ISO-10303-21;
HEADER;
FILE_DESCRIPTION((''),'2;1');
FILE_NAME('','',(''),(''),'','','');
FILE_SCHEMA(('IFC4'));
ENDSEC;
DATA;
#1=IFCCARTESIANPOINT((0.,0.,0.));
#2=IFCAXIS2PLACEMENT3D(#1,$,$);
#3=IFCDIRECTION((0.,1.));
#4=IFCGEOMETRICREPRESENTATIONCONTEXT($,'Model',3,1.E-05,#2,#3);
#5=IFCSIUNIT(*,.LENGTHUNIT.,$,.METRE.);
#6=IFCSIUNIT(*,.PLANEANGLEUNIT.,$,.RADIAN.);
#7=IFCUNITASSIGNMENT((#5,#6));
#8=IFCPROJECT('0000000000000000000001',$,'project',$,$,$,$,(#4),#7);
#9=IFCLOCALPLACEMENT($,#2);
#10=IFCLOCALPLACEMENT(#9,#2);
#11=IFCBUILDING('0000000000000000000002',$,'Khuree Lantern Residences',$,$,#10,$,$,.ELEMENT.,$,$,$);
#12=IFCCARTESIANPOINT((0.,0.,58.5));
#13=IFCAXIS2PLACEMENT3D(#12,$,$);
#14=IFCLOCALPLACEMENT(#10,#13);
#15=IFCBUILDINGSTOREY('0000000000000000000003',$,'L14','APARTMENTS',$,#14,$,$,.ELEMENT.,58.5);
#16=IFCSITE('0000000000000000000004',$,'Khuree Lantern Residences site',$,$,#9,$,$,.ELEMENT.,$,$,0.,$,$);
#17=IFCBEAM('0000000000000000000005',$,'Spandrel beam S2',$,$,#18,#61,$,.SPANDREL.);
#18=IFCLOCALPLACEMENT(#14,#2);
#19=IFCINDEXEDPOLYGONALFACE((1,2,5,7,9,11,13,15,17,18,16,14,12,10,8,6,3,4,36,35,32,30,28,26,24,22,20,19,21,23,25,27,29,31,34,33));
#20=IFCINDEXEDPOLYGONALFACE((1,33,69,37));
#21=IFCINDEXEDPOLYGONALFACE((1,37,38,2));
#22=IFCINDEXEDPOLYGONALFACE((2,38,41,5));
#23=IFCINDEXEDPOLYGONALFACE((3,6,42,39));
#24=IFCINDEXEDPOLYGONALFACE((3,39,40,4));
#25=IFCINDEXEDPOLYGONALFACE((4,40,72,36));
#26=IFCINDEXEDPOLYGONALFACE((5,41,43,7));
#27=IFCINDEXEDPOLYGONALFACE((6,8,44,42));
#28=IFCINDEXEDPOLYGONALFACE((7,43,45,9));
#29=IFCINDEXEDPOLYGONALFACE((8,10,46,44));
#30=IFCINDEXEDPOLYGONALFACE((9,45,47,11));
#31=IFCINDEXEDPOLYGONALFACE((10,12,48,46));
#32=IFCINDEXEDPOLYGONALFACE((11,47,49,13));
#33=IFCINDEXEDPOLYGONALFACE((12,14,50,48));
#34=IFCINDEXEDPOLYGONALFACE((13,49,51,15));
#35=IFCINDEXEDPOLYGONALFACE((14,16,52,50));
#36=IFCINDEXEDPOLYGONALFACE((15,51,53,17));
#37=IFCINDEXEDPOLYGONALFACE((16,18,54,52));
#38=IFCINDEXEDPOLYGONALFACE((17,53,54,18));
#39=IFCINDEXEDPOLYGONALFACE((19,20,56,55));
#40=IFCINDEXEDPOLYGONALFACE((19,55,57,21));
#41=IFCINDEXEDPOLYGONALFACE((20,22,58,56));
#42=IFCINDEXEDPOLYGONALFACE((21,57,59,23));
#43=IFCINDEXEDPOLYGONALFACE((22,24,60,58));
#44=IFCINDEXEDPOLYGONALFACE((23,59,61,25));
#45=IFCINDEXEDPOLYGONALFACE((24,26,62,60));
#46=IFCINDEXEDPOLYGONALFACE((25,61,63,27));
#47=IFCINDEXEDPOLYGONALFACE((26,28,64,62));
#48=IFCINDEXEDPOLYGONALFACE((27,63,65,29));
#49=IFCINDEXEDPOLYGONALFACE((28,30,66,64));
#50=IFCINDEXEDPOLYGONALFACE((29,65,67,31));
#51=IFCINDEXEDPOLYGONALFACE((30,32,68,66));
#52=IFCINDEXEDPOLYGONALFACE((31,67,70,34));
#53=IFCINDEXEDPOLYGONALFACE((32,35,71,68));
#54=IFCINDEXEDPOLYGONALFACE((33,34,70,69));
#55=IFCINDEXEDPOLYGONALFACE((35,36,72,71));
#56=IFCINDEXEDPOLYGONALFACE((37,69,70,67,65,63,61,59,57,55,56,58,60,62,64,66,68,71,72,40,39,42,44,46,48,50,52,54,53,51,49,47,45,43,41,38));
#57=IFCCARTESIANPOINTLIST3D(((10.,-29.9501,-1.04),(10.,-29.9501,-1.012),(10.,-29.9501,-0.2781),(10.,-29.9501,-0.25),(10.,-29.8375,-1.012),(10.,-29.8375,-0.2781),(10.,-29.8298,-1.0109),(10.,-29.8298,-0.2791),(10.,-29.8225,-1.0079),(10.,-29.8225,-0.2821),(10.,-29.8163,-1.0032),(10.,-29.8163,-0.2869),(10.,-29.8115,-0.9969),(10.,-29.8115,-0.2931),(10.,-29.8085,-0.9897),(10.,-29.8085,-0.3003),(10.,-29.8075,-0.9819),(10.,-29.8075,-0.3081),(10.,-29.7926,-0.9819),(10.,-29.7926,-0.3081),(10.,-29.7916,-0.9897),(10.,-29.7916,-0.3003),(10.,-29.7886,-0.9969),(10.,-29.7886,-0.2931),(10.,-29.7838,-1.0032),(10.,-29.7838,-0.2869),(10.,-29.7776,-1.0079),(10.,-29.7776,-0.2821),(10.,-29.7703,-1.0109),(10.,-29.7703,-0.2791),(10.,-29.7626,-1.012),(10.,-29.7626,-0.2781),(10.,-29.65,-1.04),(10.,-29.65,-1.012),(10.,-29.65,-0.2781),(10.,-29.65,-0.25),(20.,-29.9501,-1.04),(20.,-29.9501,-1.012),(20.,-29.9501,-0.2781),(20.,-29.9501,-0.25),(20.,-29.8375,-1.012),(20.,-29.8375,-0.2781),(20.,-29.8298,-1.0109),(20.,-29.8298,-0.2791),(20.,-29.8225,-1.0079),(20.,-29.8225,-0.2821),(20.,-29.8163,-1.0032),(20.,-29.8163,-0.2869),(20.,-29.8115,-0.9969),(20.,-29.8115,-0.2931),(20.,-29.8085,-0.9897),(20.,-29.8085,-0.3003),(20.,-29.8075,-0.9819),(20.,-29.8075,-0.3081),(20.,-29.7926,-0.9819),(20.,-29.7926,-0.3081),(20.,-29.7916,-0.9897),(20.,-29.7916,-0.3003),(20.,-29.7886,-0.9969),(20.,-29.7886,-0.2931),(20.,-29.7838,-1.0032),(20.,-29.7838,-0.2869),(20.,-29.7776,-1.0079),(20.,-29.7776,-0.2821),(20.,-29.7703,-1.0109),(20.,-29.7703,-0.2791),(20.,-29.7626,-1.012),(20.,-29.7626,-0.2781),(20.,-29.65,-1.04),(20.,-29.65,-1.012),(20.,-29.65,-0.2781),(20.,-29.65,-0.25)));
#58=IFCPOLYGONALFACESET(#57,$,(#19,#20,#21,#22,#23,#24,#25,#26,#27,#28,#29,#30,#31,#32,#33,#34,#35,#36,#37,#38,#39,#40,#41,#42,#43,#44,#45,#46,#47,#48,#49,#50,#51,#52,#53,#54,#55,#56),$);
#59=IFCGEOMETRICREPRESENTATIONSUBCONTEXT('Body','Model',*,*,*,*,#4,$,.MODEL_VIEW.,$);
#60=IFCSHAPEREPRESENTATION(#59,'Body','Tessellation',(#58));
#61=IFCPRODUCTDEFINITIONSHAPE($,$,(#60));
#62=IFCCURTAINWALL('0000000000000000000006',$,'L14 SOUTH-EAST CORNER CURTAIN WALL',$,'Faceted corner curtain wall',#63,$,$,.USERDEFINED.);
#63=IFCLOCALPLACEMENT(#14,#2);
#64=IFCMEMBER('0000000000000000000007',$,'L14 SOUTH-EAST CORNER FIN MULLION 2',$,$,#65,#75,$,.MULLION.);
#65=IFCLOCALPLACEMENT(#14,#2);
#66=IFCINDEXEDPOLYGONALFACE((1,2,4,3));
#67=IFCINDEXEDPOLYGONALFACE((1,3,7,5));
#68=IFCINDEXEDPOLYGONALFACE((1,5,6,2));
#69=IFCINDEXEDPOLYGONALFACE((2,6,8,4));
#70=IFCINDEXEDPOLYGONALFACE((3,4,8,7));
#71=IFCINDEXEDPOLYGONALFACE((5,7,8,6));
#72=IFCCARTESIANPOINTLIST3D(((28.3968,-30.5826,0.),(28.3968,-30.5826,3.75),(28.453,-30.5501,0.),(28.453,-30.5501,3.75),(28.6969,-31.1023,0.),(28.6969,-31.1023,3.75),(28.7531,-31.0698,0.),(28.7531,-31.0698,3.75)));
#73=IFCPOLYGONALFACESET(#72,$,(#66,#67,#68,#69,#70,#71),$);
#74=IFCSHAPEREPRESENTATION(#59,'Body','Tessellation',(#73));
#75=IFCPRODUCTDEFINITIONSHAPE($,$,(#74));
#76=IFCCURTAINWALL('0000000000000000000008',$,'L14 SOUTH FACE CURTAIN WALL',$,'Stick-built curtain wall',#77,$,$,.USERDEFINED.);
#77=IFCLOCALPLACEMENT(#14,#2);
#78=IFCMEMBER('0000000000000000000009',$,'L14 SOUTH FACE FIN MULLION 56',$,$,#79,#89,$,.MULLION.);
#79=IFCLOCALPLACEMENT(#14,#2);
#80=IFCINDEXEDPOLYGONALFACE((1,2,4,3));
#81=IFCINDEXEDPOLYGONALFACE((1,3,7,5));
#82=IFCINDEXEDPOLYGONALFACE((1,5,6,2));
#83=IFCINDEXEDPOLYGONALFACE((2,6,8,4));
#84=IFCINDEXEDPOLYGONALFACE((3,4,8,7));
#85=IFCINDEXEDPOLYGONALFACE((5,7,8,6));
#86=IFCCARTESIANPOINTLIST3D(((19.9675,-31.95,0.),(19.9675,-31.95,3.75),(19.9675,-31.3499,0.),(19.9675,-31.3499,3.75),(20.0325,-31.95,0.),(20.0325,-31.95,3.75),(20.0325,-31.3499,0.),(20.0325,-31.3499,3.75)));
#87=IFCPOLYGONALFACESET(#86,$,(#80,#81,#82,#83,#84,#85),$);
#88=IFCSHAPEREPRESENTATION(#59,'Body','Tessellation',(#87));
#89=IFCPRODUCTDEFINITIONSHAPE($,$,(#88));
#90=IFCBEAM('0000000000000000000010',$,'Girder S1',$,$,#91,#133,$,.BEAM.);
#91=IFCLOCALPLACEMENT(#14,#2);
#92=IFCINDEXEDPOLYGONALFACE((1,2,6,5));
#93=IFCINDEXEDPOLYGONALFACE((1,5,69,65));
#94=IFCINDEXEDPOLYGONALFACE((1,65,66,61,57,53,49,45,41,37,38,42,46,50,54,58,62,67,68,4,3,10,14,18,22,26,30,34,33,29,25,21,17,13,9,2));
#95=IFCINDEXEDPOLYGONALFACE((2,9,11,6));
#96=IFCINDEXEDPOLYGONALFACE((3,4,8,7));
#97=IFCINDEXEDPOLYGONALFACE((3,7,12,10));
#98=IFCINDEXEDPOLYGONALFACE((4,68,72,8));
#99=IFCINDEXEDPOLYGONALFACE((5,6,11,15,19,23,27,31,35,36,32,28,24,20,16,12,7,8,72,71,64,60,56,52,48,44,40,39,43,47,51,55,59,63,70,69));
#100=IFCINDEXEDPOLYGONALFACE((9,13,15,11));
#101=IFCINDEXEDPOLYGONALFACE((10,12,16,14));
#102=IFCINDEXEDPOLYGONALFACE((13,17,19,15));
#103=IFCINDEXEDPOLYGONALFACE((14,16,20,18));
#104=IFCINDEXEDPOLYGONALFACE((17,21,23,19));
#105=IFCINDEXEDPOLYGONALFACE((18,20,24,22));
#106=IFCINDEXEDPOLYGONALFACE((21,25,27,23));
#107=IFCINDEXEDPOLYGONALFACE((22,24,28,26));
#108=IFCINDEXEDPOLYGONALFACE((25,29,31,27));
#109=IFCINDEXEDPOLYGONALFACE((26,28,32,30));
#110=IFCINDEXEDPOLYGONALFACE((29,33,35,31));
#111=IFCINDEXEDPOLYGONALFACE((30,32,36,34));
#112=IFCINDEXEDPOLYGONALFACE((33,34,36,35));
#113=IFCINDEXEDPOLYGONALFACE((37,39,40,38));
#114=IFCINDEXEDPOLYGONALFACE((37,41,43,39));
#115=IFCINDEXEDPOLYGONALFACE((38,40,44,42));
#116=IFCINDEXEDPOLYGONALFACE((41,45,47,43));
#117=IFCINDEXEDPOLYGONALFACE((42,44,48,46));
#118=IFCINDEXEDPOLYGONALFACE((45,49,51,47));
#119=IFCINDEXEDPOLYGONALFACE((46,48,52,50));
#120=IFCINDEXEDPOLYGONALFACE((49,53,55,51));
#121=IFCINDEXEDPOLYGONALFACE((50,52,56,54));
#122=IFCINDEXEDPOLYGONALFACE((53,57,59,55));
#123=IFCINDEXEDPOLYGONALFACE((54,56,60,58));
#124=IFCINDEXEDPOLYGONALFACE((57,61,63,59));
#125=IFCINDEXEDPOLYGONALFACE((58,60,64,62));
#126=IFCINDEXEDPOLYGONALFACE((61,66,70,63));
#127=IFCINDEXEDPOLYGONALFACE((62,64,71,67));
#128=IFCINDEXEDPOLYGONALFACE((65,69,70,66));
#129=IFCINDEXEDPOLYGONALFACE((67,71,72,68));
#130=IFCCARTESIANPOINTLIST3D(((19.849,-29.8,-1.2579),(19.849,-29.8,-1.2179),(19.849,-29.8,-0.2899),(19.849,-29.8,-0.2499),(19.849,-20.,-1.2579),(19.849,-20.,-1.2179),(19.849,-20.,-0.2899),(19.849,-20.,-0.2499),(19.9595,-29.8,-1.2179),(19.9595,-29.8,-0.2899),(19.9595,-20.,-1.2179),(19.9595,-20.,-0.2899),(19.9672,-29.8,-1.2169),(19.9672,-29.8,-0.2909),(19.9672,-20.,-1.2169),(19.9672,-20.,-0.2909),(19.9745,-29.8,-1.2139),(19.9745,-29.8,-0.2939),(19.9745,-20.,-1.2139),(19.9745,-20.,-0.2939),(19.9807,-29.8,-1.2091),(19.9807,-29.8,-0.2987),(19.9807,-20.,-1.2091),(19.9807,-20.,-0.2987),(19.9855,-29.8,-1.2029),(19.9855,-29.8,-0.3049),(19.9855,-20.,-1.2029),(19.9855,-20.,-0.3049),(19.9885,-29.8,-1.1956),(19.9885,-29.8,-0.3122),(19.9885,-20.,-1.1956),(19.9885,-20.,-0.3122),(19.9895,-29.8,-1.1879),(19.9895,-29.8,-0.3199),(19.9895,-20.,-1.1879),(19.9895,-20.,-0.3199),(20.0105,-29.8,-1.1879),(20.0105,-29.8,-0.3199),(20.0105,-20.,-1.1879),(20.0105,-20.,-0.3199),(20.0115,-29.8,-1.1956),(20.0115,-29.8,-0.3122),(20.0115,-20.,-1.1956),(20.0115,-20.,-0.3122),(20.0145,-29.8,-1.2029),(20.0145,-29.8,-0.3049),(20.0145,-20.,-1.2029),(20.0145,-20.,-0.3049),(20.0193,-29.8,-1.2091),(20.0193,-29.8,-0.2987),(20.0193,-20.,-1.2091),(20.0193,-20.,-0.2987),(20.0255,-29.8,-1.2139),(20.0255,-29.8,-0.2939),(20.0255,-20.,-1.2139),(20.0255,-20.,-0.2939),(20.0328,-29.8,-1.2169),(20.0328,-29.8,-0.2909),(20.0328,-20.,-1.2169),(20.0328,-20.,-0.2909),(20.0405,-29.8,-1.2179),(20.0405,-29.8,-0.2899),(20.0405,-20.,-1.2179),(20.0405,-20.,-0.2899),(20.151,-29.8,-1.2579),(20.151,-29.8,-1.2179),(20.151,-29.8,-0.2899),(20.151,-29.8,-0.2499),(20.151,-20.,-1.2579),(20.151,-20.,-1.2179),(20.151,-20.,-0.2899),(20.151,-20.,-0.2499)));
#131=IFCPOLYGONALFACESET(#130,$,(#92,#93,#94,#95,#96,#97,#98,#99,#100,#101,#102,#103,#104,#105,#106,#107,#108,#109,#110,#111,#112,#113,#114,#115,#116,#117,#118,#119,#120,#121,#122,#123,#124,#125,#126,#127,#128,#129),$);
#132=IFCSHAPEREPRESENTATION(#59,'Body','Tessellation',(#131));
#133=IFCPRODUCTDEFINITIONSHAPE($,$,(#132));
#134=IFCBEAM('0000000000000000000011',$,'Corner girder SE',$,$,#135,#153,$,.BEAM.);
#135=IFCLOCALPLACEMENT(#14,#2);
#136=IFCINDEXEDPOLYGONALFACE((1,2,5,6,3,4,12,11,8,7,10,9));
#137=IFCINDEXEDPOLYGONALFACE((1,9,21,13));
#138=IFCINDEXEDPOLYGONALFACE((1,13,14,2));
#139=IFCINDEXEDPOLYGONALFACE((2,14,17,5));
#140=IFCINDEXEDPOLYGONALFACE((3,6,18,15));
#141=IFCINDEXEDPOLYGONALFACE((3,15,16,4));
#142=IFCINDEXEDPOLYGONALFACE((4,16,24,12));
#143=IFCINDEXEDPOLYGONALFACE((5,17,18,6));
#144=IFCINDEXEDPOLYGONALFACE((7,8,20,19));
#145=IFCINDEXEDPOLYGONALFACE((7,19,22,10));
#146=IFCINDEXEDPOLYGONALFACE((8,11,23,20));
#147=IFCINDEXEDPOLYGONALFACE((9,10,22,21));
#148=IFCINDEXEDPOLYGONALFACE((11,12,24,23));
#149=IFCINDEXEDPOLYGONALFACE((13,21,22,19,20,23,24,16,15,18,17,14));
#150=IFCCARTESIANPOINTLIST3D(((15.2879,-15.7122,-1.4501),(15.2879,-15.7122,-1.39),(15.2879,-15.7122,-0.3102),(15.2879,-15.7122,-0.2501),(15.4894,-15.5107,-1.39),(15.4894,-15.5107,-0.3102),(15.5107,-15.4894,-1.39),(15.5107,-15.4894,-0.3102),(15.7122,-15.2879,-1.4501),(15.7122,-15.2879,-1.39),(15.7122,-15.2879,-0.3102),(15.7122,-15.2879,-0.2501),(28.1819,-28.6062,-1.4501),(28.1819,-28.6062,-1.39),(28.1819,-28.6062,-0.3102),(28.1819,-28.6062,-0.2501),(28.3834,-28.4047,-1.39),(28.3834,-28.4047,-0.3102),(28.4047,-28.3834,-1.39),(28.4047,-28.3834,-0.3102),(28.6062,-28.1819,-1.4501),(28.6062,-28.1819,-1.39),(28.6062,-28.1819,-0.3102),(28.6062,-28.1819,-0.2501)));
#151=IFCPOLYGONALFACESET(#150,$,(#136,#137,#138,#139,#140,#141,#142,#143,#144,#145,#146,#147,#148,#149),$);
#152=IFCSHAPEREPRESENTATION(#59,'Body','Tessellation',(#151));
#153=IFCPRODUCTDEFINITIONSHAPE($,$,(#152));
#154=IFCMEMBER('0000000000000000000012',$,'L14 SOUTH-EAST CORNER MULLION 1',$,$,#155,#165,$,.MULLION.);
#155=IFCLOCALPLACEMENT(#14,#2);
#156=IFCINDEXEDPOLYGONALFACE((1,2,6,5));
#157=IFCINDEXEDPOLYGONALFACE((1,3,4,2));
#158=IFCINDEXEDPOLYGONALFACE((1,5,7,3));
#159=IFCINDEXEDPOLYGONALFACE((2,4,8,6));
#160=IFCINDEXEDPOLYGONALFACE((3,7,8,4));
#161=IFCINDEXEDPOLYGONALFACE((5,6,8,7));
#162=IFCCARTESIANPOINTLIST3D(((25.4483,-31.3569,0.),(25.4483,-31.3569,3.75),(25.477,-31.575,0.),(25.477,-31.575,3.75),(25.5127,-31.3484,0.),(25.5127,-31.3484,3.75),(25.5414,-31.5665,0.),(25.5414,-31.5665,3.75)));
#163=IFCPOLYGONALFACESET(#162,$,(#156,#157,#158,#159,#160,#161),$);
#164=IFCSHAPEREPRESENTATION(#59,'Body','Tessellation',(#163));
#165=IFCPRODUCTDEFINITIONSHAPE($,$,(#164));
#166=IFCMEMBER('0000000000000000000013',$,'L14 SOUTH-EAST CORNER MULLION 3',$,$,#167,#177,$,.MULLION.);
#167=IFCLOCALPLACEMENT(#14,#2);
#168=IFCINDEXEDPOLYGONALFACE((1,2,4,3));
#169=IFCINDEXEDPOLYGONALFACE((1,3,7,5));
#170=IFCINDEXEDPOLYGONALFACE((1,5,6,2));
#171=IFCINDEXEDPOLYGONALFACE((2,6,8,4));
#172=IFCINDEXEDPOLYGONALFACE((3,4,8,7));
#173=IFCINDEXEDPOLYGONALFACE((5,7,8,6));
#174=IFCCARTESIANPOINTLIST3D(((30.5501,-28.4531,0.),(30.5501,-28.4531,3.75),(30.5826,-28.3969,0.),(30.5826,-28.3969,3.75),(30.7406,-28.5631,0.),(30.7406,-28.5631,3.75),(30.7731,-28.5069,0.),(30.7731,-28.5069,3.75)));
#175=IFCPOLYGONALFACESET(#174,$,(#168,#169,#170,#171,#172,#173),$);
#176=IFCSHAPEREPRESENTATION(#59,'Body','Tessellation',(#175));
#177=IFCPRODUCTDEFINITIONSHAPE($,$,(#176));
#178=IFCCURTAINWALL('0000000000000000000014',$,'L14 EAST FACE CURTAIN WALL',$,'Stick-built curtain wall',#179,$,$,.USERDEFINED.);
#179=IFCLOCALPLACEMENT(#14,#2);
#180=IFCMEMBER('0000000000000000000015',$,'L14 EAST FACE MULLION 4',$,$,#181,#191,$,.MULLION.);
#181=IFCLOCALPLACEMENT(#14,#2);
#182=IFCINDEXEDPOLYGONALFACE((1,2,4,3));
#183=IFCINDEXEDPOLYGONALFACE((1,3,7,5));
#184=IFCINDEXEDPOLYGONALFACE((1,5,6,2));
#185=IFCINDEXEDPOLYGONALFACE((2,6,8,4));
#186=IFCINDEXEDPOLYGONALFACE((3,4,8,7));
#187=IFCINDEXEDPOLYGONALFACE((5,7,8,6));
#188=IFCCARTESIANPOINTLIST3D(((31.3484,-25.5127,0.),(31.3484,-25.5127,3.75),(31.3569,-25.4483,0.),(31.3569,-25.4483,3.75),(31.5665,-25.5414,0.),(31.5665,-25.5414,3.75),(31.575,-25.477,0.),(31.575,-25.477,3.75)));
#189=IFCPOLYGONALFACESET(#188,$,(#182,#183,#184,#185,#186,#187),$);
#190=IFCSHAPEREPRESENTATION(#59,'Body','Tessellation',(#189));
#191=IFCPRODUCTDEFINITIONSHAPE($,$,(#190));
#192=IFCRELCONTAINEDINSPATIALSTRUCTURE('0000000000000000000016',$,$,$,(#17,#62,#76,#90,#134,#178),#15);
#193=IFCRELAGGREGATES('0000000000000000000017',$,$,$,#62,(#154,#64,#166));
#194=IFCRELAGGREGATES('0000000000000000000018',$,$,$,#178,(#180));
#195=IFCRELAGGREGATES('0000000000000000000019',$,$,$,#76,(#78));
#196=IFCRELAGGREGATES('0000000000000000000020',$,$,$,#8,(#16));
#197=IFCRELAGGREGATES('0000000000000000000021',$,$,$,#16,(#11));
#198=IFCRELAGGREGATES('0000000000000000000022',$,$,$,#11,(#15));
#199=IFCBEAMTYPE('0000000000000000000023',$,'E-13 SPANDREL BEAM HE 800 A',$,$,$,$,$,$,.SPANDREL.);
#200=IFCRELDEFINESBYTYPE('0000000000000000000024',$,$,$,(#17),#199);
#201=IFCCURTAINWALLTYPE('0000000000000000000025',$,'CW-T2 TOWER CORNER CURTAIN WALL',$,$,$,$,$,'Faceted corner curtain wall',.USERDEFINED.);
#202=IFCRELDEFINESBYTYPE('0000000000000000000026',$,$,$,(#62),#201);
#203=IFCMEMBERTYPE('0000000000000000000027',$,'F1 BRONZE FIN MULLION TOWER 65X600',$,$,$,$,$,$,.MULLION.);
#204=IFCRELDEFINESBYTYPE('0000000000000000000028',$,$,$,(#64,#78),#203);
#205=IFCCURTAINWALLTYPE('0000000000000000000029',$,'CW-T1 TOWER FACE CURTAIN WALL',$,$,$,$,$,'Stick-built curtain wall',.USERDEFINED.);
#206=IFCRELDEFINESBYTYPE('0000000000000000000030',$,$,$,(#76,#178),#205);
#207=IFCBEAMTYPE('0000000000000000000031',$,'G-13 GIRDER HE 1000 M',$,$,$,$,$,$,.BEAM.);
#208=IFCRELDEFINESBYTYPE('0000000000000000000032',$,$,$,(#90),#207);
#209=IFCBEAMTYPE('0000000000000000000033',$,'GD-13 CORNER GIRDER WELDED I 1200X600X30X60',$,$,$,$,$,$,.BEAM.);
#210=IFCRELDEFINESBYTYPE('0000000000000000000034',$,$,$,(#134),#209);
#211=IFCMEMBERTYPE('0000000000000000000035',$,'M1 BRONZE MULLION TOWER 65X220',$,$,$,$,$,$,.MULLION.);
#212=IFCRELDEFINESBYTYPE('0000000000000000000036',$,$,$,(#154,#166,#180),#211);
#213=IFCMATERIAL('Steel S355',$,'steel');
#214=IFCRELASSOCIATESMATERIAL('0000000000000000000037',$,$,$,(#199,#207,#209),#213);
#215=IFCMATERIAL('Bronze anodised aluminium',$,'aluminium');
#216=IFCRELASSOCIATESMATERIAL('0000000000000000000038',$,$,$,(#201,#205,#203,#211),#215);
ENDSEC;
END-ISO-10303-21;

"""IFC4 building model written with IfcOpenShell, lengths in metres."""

from ifc_helpers import new_model, si_unit, direction, frame, origin, origin_2d, place, context, subcontext, project, spatial, rectangle, i_section, extrude, material, material_profile, profile_set, type_object, element, aggregate, save


model = new_model("IFC4")

# Units and contexts
model_context = context("Model", 3, precision=1e-05, world=origin(), true_north=direction((0.0, 1.0)))
body_context = subcontext(model_context, "Body", "Model", "MODEL_VIEW")
ifc_project = project(units=[si_unit("LENGTHUNIT", "METRE"), si_unit("PLANEANGLEUNIT", "RADIAN")], contexts=[model_context])

# Site, building, storey
site_placement = place(None, origin())
site = spatial("IfcSite", under=ifc_project, at=site_placement, Name="Khuree Lantern Residences site", CompositionType="ELEMENT", RefElevation=0.0)
building_placement = place(site_placement, origin())
building = spatial("IfcBuilding", under=site, at=building_placement, Name="Khuree Lantern Residences", CompositionType="ELEMENT")
storey_placement = place(building_placement, frame((0.0, 0.0, 58.5)))
storey = spatial("IfcBuildingStorey", under=building, at=storey_placement, Name="L14", Description="APARTMENTS", CompositionType="ELEMENT", Elevation=58.5)

# Beam
ifc_material_1 = material(Name="Steel S355", Category="steel")
ifc_material_profile_1 = material_profile(ifc_material_1, i_section(OverallWidth=0.3, OverallDepth=0.79, WebThickness=0.0149, FlangeThickness=0.0281, FilletRadius=0.03, at=origin_2d()), Name="HE 800 A")
ifc_profile_set_1 = profile_set([ifc_material_profile_1], Name="Steel S355")
beam_type_1 = type_object("IfcBeamType", Name="E-13 SPANDREL BEAM HE 800 A", PredefinedType="SPANDREL", material=ifc_profile_set_1)
beam_1_placement = place(storey_placement, frame((20.0, -29.8, -0.645), z_axis=(-1.0, 0.0, 0.0), x_axis=(0.0, -1.0, 0.0)))
element("IfcBeam", 1, at=beam_1_placement, inside=storey, type_object=beam_type_1, Name="Spandrel beam S2", PredefinedType="SPANDREL", context=body_context, shape_type="SweptSolid", body=[
    extrude(i_section(OverallWidth=0.3, OverallDepth=0.79, WebThickness=0.0149, FlangeThickness=0.0281, FilletRadius=0.03, at=origin_2d()), origin(), (0.0, 0.0, 1.0), 10.0),
])

# Curtain walls, members
ifc_material_2 = material(Name="Bronze anodised aluminium", Category="aluminium")
curtain_wall_type_1 = type_object("IfcCurtainWallType", Name="CW-T2 TOWER CORNER CURTAIN WALL", ElementType="Faceted corner curtain wall", PredefinedType="USERDEFINED", material=ifc_material_2)
curtain_wall_1_placement = place(storey_placement, origin())
curtain_wall_1 = element("IfcCurtainWall", 2, at=curtain_wall_1_placement, inside=storey, type_object=curtain_wall_type_1, Name="L14 SOUTH-EAST CORNER CURTAIN WALL", ObjectType="Faceted corner curtain wall", PredefinedType="USERDEFINED")
ifc_material_profile_2 = material_profile(ifc_material_2, rectangle(XDim=0.0649, YDim=0.6001, at=origin_2d()), Name="F1 65X600")
ifc_profile_set_2 = profile_set([ifc_material_profile_2], Name="Bronze anodised aluminium")
member_type_1 = type_object("IfcMemberType", Name="F1 BRONZE FIN MULLION TOWER 65X600", PredefinedType="MULLION", material=ifc_profile_set_2)
member_1_placement = place(storey_placement, frame((28.575, -30.8262, 0.0), z_axis=(0.0, 0.0, 1.0), x_axis=(0.866025, 0.5, 0.0)))
member_1 = element("IfcMember", 3, at=member_1_placement, type_object=member_type_1, Name="L14 SOUTH-EAST CORNER FIN MULLION 2", PredefinedType="MULLION", context=body_context, shape_type="SweptSolid", body=[
    extrude(rectangle(XDim=0.0649, YDim=0.6001, at=origin_2d()), origin(), (0.0, 0.0, 1.0), 3.75),
])
curtain_wall_type_2 = type_object("IfcCurtainWallType", Name="CW-T1 TOWER FACE CURTAIN WALL", ElementType="Stick-built curtain wall", PredefinedType="USERDEFINED", material=ifc_material_2)
curtain_wall_2_placement = place(storey_placement, origin())
curtain_wall_2 = element("IfcCurtainWall", 4, at=curtain_wall_2_placement, inside=storey, type_object=curtain_wall_type_2, Name="L14 SOUTH FACE CURTAIN WALL", ObjectType="Stick-built curtain wall", PredefinedType="USERDEFINED")
member_2_placement = place(storey_placement, frame((20.0, -31.6499, 0.0), z_axis=(0.0, 0.0, 1.0), x_axis=(1.0, 0.0, 0.0)))
member_2 = element("IfcMember", 5, at=member_2_placement, type_object=member_type_1, Name="L14 SOUTH FACE FIN MULLION 56", PredefinedType="MULLION", context=body_context, shape_type="SweptSolid", body=[
    extrude(rectangle(XDim=0.0649, YDim=0.6001, at=origin_2d()), origin(), (0.0, 0.0, 1.0), 3.75),
])

# Beams
ifc_material_profile_3 = material_profile(ifc_material_1, i_section(OverallWidth=0.302, OverallDepth=1.0081, WebThickness=0.021, FlangeThickness=0.04, FilletRadius=0.03, at=origin_2d()), Name="HE 1000 M")
ifc_profile_set_3 = profile_set([ifc_material_profile_3], Name="Steel S355")
beam_type_2 = type_object("IfcBeamType", Name="G-13 GIRDER HE 1000 M", PredefinedType="BEAM", material=ifc_profile_set_3)
beam_2_placement = place(storey_placement, frame((20.0, -29.8, -0.7539), z_axis=(0.0, 1.0, 0.0), x_axis=(-1.0, 0.0, 0.0)))
element("IfcBeam", 6, at=beam_2_placement, inside=storey, type_object=beam_type_2, Name="Girder S1", PredefinedType="BEAM", context=body_context, shape_type="SweptSolid", body=[
    extrude(i_section(OverallWidth=0.302, OverallDepth=1.0081, WebThickness=0.021, FlangeThickness=0.04, FilletRadius=0.03, at=origin_2d()), origin(), (0.0, 0.0, 1.0), 9.8),
])
ifc_material_profile_4 = material_profile(ifc_material_1, i_section(OverallWidth=0.6001, OverallDepth=1.2, WebThickness=0.03, FlangeThickness=0.0601, at=origin_2d()), Name="WELDED I 1200X600X30X60")
ifc_profile_set_4 = profile_set([ifc_material_profile_4], Name="Steel S355")
beam_type_3 = type_object("IfcBeamType", Name="GD-13 CORNER GIRDER WELDED I 1200X600X30X60", PredefinedType="BEAM", material=ifc_profile_set_4)
beam_3_placement = place(storey_placement, frame((28.394, -28.394, -0.8501), z_axis=(-0.707107, 0.707107, 0.0), x_axis=(-0.707107, -0.707107, 0.0)))
element("IfcBeam", 7, at=beam_3_placement, inside=storey, type_object=beam_type_3, Name="Corner girder SE", PredefinedType="BEAM", context=body_context, shape_type="SweptSolid", body=[
    extrude(i_section(OverallWidth=0.6001, OverallDepth=1.2, WebThickness=0.03, FlangeThickness=0.0601, at=origin_2d()), origin(), (0.0, 0.0, 1.0), 18.2349),
])

# Members
ifc_material_profile_5 = material_profile(ifc_material_2, rectangle(XDim=0.0649, YDim=0.22, at=origin_2d()), Name="M1 65X220")
ifc_profile_set_5 = profile_set([ifc_material_profile_5], Name="Bronze anodised aluminium")
member_type_2 = type_object("IfcMemberType", Name="M1 BRONZE MULLION TOWER 65X220", PredefinedType="MULLION", material=ifc_profile_set_5)
member_3_placement = place(storey_placement, frame((25.4949, -31.4617, 0.0), z_axis=(0.0, 0.0, 1.0), x_axis=(0.991445, 0.130526, 0.0)))
member_3 = element("IfcMember", 8, at=member_3_placement, type_object=member_type_2, Name="L14 SOUTH-EAST CORNER MULLION 1", PredefinedType="MULLION", context=body_context, shape_type="SweptSolid", body=[
    extrude(rectangle(XDim=0.0649, YDim=0.22, at=origin_2d()), origin(), (0.0, 0.0, 1.0), 3.75),
])
member_4_placement = place(storey_placement, frame((30.6616, -28.48, 0.0), z_axis=(0.0, 0.0, 1.0), x_axis=(0.5, 0.866025, 0.0)))
member_4 = element("IfcMember", 9, at=member_4_placement, type_object=member_type_2, Name="L14 SOUTH-EAST CORNER MULLION 3", PredefinedType="MULLION", context=body_context, shape_type="SweptSolid", body=[
    extrude(rectangle(XDim=0.0649, YDim=0.22, at=origin_2d()), origin(), (0.0, 0.0, 1.0), 3.75),
])

# Curtain wall, member
curtain_wall_3_placement = place(storey_placement, origin())
curtain_wall_3 = element("IfcCurtainWall", 10, at=curtain_wall_3_placement, inside=storey, type_object=curtain_wall_type_2, Name="L14 EAST FACE CURTAIN WALL", ObjectType="Stick-built curtain wall", PredefinedType="USERDEFINED")
member_5_placement = place(storey_placement, frame((31.4617, -25.4949, 0.0), z_axis=(0.0, 0.0, 1.0), x_axis=(0.130526, 0.991445, 0.0)))
member_5 = element("IfcMember", 11, at=member_5_placement, type_object=member_type_2, Name="L14 EAST FACE MULLION 4", PredefinedType="MULLION", context=body_context, shape_type="SweptSolid", body=[
    extrude(rectangle(XDim=0.0649, YDim=0.22, at=origin_2d()), origin(), (0.0, 0.0, 1.0), 3.75),
])

aggregate(curtain_wall_1, [member_3, member_1, member_4])
aggregate(curtain_wall_3, [member_5])
aggregate(curtain_wall_2, [member_2])

save(model, "model.ifc")
